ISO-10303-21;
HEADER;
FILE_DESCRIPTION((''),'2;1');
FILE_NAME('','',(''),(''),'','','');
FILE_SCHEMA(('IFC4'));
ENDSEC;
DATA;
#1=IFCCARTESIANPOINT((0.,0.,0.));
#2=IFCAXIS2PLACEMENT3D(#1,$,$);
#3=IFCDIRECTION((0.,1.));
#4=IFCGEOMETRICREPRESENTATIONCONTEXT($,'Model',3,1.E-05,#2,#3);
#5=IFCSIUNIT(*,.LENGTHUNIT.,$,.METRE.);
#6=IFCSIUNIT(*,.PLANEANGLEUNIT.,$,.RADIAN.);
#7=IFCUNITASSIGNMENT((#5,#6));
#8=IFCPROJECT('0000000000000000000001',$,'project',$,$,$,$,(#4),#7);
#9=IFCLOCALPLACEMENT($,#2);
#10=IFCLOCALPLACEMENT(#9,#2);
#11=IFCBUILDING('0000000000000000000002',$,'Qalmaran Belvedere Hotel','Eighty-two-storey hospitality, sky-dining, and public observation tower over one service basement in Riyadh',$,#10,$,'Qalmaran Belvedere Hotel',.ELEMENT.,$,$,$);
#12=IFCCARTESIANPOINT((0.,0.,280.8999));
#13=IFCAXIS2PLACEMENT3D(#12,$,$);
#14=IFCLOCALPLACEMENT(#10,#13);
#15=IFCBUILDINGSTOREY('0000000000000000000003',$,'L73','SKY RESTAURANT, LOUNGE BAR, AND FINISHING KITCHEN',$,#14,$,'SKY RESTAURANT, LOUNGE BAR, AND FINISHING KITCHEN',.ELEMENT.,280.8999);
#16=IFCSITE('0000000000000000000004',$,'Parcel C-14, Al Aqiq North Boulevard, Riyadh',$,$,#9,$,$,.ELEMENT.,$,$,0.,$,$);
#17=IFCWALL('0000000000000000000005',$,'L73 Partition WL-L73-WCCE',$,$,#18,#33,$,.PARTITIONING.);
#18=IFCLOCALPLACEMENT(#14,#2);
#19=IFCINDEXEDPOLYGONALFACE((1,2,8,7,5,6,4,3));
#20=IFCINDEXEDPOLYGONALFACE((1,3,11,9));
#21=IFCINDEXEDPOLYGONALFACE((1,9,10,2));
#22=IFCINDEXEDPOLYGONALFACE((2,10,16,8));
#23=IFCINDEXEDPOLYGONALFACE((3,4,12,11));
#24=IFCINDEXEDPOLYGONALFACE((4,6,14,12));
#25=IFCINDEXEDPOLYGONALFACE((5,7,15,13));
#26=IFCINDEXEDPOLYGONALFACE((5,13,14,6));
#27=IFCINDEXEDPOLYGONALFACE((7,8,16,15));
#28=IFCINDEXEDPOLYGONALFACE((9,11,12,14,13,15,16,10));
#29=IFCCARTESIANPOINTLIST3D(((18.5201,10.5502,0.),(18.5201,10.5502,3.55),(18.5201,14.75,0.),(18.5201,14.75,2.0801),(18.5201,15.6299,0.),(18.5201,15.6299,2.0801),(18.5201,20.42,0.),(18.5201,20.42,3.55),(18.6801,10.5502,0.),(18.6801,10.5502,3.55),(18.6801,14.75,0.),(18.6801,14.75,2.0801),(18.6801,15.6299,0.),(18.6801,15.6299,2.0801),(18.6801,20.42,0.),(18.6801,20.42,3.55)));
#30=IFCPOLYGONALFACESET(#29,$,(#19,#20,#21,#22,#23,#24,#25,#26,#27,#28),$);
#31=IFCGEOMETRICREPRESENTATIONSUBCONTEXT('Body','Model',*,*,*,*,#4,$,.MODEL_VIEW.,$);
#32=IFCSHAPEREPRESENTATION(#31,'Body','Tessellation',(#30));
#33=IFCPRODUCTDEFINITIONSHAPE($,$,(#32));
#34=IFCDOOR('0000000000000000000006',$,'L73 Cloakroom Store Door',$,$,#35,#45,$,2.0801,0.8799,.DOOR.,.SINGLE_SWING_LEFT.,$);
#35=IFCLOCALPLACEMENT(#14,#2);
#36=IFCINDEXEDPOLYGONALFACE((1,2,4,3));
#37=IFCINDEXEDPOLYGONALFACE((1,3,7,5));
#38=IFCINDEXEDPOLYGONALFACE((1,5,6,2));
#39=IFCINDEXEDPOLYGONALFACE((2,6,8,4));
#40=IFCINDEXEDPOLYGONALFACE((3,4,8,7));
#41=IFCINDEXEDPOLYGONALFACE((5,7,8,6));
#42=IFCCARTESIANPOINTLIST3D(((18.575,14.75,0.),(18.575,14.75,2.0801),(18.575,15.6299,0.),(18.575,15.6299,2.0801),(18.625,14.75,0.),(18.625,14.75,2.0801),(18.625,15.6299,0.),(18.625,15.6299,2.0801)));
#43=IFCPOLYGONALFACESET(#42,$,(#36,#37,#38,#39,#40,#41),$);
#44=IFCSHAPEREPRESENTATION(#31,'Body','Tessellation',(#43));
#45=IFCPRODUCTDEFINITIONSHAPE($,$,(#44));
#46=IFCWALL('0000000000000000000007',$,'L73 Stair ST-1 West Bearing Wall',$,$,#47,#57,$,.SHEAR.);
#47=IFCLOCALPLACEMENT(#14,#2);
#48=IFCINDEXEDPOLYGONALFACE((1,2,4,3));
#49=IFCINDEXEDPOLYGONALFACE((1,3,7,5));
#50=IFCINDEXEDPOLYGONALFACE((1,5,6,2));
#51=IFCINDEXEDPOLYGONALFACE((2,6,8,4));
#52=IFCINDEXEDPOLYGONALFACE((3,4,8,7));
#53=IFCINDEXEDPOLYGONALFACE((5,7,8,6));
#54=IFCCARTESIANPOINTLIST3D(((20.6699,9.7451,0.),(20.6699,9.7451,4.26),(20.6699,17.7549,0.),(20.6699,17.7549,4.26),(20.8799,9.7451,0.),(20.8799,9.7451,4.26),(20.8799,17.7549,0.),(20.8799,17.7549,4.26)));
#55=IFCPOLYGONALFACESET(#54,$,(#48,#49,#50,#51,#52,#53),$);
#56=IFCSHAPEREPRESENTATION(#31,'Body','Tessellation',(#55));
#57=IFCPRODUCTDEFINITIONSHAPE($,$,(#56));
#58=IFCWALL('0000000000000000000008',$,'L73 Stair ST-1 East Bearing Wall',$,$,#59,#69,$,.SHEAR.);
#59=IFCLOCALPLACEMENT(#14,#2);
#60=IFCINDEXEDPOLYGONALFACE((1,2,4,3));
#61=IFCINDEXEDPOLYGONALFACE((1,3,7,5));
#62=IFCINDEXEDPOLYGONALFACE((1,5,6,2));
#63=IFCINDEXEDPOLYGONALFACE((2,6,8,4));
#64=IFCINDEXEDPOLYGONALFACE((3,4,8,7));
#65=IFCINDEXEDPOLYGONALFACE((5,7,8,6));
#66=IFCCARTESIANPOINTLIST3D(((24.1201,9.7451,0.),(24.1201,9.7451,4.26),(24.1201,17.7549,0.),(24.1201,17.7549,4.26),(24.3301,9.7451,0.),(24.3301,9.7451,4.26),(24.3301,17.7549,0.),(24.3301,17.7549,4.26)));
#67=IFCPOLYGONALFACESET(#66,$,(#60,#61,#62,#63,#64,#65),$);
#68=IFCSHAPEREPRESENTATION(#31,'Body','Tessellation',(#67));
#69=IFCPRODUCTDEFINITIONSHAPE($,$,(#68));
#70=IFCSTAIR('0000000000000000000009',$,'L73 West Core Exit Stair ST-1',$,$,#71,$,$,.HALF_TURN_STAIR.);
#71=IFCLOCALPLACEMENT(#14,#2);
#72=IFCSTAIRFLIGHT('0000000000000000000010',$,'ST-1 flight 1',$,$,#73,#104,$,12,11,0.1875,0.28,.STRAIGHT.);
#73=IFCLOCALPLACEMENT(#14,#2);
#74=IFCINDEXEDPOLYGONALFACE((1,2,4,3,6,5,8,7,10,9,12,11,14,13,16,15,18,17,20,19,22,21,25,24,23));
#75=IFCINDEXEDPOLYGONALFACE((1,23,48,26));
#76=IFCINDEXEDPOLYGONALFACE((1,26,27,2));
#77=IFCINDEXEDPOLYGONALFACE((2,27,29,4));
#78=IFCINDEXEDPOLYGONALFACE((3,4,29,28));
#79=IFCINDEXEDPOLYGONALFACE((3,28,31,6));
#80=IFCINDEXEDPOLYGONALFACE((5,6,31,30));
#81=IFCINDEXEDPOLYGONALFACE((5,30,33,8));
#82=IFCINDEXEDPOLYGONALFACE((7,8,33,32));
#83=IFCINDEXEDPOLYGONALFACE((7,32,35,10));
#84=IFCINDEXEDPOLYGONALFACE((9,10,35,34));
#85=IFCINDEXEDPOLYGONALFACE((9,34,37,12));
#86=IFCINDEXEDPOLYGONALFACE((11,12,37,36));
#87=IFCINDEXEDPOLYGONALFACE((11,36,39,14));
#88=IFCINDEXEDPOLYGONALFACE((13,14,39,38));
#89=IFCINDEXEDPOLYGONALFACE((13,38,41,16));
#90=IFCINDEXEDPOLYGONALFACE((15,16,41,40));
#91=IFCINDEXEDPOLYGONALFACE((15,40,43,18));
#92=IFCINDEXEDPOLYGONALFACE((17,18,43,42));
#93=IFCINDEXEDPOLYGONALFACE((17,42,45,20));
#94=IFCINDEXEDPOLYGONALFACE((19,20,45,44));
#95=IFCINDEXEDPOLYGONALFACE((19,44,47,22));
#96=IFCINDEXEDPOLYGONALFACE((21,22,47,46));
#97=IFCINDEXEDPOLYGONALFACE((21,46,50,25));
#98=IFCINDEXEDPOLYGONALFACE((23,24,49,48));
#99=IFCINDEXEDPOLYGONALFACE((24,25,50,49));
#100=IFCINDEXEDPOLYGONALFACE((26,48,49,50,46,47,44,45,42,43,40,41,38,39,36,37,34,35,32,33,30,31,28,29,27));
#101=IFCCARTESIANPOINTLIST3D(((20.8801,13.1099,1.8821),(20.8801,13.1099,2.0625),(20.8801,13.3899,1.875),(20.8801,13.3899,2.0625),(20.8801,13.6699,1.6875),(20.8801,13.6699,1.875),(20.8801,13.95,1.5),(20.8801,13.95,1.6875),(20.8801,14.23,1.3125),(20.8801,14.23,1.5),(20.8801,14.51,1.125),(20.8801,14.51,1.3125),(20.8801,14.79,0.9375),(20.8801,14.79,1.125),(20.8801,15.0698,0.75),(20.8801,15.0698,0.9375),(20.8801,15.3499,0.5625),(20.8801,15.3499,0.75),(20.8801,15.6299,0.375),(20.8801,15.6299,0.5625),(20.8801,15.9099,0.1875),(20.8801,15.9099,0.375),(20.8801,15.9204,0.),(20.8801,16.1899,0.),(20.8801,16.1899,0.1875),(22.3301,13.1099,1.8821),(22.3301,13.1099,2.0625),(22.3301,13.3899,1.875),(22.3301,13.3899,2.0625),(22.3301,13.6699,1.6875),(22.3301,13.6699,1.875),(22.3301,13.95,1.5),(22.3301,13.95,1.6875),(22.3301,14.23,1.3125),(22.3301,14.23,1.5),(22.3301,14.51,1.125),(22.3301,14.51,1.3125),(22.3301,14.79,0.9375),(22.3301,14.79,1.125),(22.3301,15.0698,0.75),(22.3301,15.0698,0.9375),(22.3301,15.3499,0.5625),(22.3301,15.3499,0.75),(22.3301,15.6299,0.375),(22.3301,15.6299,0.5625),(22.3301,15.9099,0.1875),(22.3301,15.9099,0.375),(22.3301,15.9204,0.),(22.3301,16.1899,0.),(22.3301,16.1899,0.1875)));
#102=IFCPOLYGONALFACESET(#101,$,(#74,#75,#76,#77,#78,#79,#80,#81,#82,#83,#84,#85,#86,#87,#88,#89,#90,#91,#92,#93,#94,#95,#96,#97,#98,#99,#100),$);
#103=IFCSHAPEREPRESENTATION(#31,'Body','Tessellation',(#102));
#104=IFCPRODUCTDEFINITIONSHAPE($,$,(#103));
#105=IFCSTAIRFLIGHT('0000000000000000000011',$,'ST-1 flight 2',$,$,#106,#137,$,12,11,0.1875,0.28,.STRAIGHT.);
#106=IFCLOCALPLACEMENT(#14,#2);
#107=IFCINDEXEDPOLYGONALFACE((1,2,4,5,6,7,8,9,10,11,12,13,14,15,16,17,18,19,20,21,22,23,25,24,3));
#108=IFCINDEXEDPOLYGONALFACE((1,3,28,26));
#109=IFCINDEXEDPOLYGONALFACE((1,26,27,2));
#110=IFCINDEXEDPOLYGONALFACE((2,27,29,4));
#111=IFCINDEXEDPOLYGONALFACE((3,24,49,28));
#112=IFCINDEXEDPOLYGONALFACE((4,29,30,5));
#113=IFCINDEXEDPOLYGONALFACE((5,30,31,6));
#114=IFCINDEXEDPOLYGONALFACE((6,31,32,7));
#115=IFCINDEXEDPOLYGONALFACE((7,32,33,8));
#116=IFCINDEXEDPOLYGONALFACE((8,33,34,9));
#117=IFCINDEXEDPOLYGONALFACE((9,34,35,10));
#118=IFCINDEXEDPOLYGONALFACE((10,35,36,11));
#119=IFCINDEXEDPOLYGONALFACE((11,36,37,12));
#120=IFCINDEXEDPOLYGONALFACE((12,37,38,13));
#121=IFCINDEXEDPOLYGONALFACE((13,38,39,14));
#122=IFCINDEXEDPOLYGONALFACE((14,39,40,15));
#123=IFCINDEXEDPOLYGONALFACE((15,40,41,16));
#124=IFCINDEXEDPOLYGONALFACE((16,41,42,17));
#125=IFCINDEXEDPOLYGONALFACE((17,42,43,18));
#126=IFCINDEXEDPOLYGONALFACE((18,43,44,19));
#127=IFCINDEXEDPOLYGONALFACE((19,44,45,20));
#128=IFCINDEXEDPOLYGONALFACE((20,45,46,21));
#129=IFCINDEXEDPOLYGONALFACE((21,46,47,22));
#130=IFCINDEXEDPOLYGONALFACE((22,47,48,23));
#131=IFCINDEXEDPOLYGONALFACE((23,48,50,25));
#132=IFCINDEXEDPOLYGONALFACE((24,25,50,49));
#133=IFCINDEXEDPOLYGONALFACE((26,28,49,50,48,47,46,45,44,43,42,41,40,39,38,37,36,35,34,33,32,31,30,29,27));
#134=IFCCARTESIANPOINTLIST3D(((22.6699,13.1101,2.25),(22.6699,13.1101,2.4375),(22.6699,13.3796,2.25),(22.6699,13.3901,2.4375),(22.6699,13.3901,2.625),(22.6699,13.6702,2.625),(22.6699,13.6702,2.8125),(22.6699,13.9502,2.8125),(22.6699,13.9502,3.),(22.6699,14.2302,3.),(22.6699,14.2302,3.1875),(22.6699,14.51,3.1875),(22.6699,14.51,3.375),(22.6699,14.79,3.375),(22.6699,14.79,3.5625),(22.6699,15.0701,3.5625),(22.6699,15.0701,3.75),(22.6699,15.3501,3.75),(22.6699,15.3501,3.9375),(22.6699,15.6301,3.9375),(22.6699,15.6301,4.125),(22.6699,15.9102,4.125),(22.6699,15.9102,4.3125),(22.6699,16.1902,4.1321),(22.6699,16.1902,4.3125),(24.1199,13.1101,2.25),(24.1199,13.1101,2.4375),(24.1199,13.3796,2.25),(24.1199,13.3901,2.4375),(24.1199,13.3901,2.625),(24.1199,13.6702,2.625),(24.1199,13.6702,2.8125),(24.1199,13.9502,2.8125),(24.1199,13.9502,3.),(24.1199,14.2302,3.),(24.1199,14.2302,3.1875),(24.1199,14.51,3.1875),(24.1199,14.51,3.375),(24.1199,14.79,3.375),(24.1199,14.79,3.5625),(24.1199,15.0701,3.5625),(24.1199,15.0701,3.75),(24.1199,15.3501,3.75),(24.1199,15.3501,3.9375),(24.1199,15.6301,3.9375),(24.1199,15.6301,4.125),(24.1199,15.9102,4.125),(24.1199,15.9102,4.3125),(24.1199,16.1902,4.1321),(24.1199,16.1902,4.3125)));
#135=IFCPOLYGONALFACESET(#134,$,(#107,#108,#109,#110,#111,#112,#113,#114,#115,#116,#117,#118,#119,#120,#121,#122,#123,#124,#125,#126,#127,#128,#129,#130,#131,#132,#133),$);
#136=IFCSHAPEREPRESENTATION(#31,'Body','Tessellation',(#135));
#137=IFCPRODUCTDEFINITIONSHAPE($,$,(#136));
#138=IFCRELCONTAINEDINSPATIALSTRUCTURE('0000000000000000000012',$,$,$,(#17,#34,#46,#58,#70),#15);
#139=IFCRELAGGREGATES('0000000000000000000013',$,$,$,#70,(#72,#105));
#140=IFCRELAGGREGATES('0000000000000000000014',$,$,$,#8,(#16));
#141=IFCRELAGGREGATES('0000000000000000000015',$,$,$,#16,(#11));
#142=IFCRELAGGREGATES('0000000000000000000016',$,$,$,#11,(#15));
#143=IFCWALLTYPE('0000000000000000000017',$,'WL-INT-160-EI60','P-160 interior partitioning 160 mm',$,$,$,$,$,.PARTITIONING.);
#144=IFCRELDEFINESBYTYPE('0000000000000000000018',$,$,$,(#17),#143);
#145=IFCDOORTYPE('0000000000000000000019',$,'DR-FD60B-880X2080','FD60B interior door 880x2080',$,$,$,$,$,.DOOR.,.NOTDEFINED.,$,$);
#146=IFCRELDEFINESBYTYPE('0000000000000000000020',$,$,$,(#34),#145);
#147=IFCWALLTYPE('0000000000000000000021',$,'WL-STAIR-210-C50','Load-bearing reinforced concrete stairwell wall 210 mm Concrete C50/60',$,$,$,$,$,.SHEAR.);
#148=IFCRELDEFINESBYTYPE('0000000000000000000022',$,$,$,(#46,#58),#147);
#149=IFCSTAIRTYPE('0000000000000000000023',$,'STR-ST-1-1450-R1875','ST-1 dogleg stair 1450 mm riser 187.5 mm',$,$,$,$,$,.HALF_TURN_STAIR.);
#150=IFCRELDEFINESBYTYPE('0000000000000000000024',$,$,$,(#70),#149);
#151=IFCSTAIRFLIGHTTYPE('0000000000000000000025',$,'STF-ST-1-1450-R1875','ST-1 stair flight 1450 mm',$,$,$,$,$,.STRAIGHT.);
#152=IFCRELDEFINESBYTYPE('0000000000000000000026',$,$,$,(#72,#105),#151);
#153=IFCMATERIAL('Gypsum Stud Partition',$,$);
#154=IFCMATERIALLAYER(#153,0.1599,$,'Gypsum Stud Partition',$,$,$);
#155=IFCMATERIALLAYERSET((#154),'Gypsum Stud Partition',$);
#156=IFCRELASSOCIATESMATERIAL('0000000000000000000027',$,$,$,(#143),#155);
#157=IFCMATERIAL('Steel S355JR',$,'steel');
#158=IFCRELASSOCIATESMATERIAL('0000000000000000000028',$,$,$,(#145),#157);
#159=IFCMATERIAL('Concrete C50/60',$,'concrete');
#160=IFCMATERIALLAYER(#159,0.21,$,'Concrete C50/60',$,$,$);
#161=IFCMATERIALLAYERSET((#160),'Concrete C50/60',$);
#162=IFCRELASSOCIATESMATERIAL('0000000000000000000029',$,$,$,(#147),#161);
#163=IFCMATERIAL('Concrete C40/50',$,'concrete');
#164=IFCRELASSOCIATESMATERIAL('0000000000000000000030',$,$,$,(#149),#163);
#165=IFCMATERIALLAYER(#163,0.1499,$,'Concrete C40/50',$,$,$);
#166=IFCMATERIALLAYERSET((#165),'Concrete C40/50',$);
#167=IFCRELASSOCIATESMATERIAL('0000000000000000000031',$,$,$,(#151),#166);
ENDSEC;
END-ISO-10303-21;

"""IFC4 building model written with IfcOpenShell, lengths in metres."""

from ifc_helpers import new_model, si_unit, direction, frame, frame_2d, origin, place, context, subcontext, project, spatial, polyline, rectangle, outline, extrude, material, layer, layer_set, type_object, element, fill, aggregate, save


model = new_model("IFC4")

# Units and contexts
model_context = context("Model", 3, precision=1e-05, world=origin(), true_north=direction((0.0, 1.0)))
body_context = subcontext(model_context, "Body", "Model", "MODEL_VIEW")
ifc_project = project(units=[si_unit("LENGTHUNIT", "METRE"), si_unit("PLANEANGLEUNIT", "RADIAN")], contexts=[model_context])

# Site, building, storey
site_placement = place(None, origin())
site = spatial("IfcSite", under=ifc_project, at=site_placement, Name="Parcel C-14, Al Aqiq North Boulevard, Riyadh", CompositionType="ELEMENT", RefElevation=0.0)
building_placement = place(site_placement, origin())
building = spatial("IfcBuilding", under=site, at=building_placement, Name="Qalmaran Belvedere Hotel", Description="Eighty-two-storey hospitality, sky-dining, and public observation tower over one service basement in Riyadh", LongName="Qalmaran Belvedere Hotel", CompositionType="ELEMENT")
storey_placement = place(building_placement, frame((0.0, 0.0, 280.8999)))
storey = spatial("IfcBuildingStorey", under=building, at=storey_placement, Name="L73", Description="SKY RESTAURANT, LOUNGE BAR, AND FINISHING KITCHEN", LongName="SKY RESTAURANT, LOUNGE BAR, AND FINISHING KITCHEN", CompositionType="ELEMENT", Elevation=280.8999)

# Shared definitions
ifc_material_1 = material(Name="Gypsum Stud Partition")

# Shared definitions
ifc_layer_1 = layer(ifc_material_1, 0.1599, Name="Gypsum Stud Partition")
ifc_layer_set_1 = layer_set([ifc_layer_1], Name="Gypsum Stud Partition")
wall_type_1 = type_object("IfcWallType", Name="WL-INT-160-EI60", Description="P-160 interior partitioning 160 mm", PredefinedType="PARTITIONING", material=ifc_layer_set_1)
ifc_material_2 = material(Name="Steel S355JR", Category="steel")
door_type_1 = type_object("IfcDoorType", Name="DR-FD60B-880X2080", Description="FD60B interior door 880x2080", OperationType="NOTDEFINED", PredefinedType="DOOR", material=ifc_material_2)

# Wall, opening, door
wall_1_placement = place(storey_placement, frame((18.6001, 10.55, 0.0), z_axis=(0.0, 0.0, 1.0), x_axis=(0.0, 1.0, 0.0)))
wall_1 = element("IfcWall", 1, at=wall_1_placement, inside=storey, type_object=wall_type_1, Name="L73 Partition WL-L73-WCCE", PredefinedType="PARTITIONING", context=body_context, shape_type="SweptSolid", body=[
    extrude(rectangle(XDim=9.8699, YDim=0.1599, at=frame_2d((4.9351, 0.0))), origin(), (0.0, 0.0, 1.0), 3.55),
])
opening_1_placement = place(wall_1_placement, frame((5.0798, 0.0, 0.0), z_axis=(0.0, 0.0, 1.0), x_axis=(-1.0, 0.0, 0.0)))
opening_1 = element("IfcOpeningElement", 2, at=opening_1_placement, cuts=wall_1, PredefinedType="OPENING", context=body_context, shape_type="SweptSolid", body=[
    extrude(rectangle(XDim=0.8799, YDim=2.0801, at=frame_2d((0.4399, 1.04))), frame((0.0, 0.0898, 0.0), z_axis=(0.0, -1.0, 0.0), x_axis=(1.0, 0.0, 0.0)), (0.0, 0.0, 1.0), 0.1799),
])
door_1_placement = place(opening_1_placement, origin())
door_1 = element("IfcDoor", 3, at=door_1_placement, inside=storey, type_object=door_type_1, Name="L73 Cloakroom Store Door", OperationType="SINGLE_SWING_LEFT", OverallHeight=2.0801, OverallWidth=0.8799, PredefinedType="DOOR", context=body_context, shape_type="SweptSolid", body=[
    extrude(rectangle(XDim=0.8799, YDim=2.0801, at=frame_2d((0.4399, 1.04))), frame((0.0, 0.0249, 0.0), z_axis=(0.0, -1.0, 0.0), x_axis=(1.0, 0.0, 0.0)), (0.0, 0.0, 1.0), 0.05),
])
fill(opening_1, door_1)

# Walls
ifc_material_3 = material(Name="Concrete C50/60", Category="concrete")
ifc_layer_2 = layer(ifc_material_3, 0.21, Name="Concrete C50/60")
ifc_layer_set_2 = layer_set([ifc_layer_2], Name="Concrete C50/60")
wall_type_2 = type_object("IfcWallType", Name="WL-STAIR-210-C50", Description="Load-bearing reinforced concrete stairwell wall 210 mm Concrete C50/60", PredefinedType="SHEAR", material=ifc_layer_set_2)
for number, where, z_axis, x_axis, name in (
    (4, (20.7749, 9.7451, 0.0), (0.0, 0.0, 1.0), (0.0, 1.0, 0.0), "L73 Stair ST-1 West Bearing Wall"),
    (5, (24.2251, 9.7451, 0.0), (0.0, 0.0, 1.0), (0.0, 1.0, 0.0), "L73 Stair ST-1 East Bearing Wall"),
):
    element("IfcWall", number, at=place(storey_placement, frame(where, z_axis=z_axis, x_axis=x_axis)), inside=storey, type_object=wall_type_2, Name=name, PredefinedType="SHEAR", context=body_context, shape_type="SweptSolid", body=[
        extrude(rectangle(XDim=8.0098, YDim=0.21, at=frame_2d((4.0049, 0.0))), origin(), (0.0, 0.0, 1.0), 4.26),
    ])

# Stair, stair flights
ifc_material_4 = material(Name="Concrete C40/50", Category="concrete")
stair_type = type_object("IfcStairType", Name="STR-ST-1-1450-R1875", Description="ST-1 dogleg stair 1450 mm riser 187.5 mm", PredefinedType="HALF_TURN_STAIR", material=ifc_material_4)
stair_placement = place(storey_placement, origin())
stair = element("IfcStair", 6, at=stair_placement, inside=storey, type_object=stair_type, Name="L73 West Core Exit Stair ST-1", PredefinedType="HALF_TURN_STAIR")
ifc_layer_3 = layer(ifc_material_4, 0.1499, Name="Concrete C40/50")
ifc_layer_set_3 = layer_set([ifc_layer_3], Name="Concrete C40/50")
stair_flight_type = type_object("IfcStairFlightType", Name="STF-ST-1-1450-R1875", Description="ST-1 stair flight 1450 mm", PredefinedType="STRAIGHT", material=ifc_layer_set_3)
stair_flight_1_placement = place(storey_placement, frame((21.605, 16.1899, 0.0), z_axis=(0.0, 0.0, 1.0), x_axis=(0.0, -1.0, 0.0)))
stair_flight_1 = element("IfcStairFlight", 7, at=stair_flight_1_placement, type_object=stair_flight_type, Name="ST-1 flight 1", NumberOfRisers=12, NumberOfTreads=11, PredefinedType="STRAIGHT", RiserHeight=0.1875, TreadLength=0.28, context=body_context, shape_type="SweptSolid", body=[
    extrude(outline(polyline([(0.0, 0.0), (0.0, 0.1875), (0.28, 0.1875), (0.28, 0.375), (0.5601, 0.375), (0.5601, 0.5625), (0.8401, 0.5625), (0.8401, 0.75), (1.1201, 0.75), (1.1201, 0.9375), (1.3999, 0.9375), (1.3999, 1.125), (1.6799, 1.125), (1.6799, 1.3125), (1.96, 1.3125), (1.96, 1.5), (2.24, 1.5), (2.24, 1.6875), (2.52, 1.6875), (2.52, 1.875), (2.8, 1.875), (2.8, 2.0625), (3.0801, 2.0625), (3.0801, 2.25), (3.0801, 1.8821), (0.2695, 0.0), (0.0, 0.0)])), frame((0.0, 0.7251, 0.0), z_axis=(0.0, -1.0, 0.0), x_axis=(1.0, 0.0, 0.0)), (0.0, 0.0, 1.0), 1.45),
])
stair_flight_2_placement = place(storey_placement, frame((23.395, 13.1101, 2.25), z_axis=(0.0, 0.0, 1.0), x_axis=(0.0, 1.0, 0.0)))
stair_flight_2 = element("IfcStairFlight", 8, at=stair_flight_2_placement, type_object=stair_flight_type, Name="ST-1 flight 2", NumberOfRisers=12, NumberOfTreads=11, PredefinedType="STRAIGHT", RiserHeight=0.1875, TreadLength=0.28, context=body_context, shape_type="SweptSolid", body=[
    extrude(outline(polyline([(0.0, 0.0), (0.0, 0.1875), (0.28, 0.1875), (0.28, 0.375), (0.5601, 0.375), (0.5601, 0.5625), (0.8401, 0.5625), (0.8401, 0.75), (1.1201, 0.75), (1.1201, 0.9375), (1.3999, 0.9375), (1.3999, 1.125), (1.6799, 1.125), (1.6799, 1.3125), (1.96, 1.3125), (1.96, 1.5), (2.24, 1.5), (2.24, 1.6875), (2.52, 1.6875), (2.52, 1.875), (2.8, 1.875), (2.8, 2.0625), (3.0801, 2.0625), (3.0801, 2.25), (3.0801, 1.8821), (0.2695, 0.0), (0.0, 0.0)])), frame((0.0, 0.7251, 0.0), z_axis=(0.0, -1.0, 0.0), x_axis=(1.0, 0.0, 0.0)), (0.0, 0.0, 1.0), 1.45),
])
aggregate(stair, [stair_flight_1, stair_flight_2])

save(model, "model.ifc")
